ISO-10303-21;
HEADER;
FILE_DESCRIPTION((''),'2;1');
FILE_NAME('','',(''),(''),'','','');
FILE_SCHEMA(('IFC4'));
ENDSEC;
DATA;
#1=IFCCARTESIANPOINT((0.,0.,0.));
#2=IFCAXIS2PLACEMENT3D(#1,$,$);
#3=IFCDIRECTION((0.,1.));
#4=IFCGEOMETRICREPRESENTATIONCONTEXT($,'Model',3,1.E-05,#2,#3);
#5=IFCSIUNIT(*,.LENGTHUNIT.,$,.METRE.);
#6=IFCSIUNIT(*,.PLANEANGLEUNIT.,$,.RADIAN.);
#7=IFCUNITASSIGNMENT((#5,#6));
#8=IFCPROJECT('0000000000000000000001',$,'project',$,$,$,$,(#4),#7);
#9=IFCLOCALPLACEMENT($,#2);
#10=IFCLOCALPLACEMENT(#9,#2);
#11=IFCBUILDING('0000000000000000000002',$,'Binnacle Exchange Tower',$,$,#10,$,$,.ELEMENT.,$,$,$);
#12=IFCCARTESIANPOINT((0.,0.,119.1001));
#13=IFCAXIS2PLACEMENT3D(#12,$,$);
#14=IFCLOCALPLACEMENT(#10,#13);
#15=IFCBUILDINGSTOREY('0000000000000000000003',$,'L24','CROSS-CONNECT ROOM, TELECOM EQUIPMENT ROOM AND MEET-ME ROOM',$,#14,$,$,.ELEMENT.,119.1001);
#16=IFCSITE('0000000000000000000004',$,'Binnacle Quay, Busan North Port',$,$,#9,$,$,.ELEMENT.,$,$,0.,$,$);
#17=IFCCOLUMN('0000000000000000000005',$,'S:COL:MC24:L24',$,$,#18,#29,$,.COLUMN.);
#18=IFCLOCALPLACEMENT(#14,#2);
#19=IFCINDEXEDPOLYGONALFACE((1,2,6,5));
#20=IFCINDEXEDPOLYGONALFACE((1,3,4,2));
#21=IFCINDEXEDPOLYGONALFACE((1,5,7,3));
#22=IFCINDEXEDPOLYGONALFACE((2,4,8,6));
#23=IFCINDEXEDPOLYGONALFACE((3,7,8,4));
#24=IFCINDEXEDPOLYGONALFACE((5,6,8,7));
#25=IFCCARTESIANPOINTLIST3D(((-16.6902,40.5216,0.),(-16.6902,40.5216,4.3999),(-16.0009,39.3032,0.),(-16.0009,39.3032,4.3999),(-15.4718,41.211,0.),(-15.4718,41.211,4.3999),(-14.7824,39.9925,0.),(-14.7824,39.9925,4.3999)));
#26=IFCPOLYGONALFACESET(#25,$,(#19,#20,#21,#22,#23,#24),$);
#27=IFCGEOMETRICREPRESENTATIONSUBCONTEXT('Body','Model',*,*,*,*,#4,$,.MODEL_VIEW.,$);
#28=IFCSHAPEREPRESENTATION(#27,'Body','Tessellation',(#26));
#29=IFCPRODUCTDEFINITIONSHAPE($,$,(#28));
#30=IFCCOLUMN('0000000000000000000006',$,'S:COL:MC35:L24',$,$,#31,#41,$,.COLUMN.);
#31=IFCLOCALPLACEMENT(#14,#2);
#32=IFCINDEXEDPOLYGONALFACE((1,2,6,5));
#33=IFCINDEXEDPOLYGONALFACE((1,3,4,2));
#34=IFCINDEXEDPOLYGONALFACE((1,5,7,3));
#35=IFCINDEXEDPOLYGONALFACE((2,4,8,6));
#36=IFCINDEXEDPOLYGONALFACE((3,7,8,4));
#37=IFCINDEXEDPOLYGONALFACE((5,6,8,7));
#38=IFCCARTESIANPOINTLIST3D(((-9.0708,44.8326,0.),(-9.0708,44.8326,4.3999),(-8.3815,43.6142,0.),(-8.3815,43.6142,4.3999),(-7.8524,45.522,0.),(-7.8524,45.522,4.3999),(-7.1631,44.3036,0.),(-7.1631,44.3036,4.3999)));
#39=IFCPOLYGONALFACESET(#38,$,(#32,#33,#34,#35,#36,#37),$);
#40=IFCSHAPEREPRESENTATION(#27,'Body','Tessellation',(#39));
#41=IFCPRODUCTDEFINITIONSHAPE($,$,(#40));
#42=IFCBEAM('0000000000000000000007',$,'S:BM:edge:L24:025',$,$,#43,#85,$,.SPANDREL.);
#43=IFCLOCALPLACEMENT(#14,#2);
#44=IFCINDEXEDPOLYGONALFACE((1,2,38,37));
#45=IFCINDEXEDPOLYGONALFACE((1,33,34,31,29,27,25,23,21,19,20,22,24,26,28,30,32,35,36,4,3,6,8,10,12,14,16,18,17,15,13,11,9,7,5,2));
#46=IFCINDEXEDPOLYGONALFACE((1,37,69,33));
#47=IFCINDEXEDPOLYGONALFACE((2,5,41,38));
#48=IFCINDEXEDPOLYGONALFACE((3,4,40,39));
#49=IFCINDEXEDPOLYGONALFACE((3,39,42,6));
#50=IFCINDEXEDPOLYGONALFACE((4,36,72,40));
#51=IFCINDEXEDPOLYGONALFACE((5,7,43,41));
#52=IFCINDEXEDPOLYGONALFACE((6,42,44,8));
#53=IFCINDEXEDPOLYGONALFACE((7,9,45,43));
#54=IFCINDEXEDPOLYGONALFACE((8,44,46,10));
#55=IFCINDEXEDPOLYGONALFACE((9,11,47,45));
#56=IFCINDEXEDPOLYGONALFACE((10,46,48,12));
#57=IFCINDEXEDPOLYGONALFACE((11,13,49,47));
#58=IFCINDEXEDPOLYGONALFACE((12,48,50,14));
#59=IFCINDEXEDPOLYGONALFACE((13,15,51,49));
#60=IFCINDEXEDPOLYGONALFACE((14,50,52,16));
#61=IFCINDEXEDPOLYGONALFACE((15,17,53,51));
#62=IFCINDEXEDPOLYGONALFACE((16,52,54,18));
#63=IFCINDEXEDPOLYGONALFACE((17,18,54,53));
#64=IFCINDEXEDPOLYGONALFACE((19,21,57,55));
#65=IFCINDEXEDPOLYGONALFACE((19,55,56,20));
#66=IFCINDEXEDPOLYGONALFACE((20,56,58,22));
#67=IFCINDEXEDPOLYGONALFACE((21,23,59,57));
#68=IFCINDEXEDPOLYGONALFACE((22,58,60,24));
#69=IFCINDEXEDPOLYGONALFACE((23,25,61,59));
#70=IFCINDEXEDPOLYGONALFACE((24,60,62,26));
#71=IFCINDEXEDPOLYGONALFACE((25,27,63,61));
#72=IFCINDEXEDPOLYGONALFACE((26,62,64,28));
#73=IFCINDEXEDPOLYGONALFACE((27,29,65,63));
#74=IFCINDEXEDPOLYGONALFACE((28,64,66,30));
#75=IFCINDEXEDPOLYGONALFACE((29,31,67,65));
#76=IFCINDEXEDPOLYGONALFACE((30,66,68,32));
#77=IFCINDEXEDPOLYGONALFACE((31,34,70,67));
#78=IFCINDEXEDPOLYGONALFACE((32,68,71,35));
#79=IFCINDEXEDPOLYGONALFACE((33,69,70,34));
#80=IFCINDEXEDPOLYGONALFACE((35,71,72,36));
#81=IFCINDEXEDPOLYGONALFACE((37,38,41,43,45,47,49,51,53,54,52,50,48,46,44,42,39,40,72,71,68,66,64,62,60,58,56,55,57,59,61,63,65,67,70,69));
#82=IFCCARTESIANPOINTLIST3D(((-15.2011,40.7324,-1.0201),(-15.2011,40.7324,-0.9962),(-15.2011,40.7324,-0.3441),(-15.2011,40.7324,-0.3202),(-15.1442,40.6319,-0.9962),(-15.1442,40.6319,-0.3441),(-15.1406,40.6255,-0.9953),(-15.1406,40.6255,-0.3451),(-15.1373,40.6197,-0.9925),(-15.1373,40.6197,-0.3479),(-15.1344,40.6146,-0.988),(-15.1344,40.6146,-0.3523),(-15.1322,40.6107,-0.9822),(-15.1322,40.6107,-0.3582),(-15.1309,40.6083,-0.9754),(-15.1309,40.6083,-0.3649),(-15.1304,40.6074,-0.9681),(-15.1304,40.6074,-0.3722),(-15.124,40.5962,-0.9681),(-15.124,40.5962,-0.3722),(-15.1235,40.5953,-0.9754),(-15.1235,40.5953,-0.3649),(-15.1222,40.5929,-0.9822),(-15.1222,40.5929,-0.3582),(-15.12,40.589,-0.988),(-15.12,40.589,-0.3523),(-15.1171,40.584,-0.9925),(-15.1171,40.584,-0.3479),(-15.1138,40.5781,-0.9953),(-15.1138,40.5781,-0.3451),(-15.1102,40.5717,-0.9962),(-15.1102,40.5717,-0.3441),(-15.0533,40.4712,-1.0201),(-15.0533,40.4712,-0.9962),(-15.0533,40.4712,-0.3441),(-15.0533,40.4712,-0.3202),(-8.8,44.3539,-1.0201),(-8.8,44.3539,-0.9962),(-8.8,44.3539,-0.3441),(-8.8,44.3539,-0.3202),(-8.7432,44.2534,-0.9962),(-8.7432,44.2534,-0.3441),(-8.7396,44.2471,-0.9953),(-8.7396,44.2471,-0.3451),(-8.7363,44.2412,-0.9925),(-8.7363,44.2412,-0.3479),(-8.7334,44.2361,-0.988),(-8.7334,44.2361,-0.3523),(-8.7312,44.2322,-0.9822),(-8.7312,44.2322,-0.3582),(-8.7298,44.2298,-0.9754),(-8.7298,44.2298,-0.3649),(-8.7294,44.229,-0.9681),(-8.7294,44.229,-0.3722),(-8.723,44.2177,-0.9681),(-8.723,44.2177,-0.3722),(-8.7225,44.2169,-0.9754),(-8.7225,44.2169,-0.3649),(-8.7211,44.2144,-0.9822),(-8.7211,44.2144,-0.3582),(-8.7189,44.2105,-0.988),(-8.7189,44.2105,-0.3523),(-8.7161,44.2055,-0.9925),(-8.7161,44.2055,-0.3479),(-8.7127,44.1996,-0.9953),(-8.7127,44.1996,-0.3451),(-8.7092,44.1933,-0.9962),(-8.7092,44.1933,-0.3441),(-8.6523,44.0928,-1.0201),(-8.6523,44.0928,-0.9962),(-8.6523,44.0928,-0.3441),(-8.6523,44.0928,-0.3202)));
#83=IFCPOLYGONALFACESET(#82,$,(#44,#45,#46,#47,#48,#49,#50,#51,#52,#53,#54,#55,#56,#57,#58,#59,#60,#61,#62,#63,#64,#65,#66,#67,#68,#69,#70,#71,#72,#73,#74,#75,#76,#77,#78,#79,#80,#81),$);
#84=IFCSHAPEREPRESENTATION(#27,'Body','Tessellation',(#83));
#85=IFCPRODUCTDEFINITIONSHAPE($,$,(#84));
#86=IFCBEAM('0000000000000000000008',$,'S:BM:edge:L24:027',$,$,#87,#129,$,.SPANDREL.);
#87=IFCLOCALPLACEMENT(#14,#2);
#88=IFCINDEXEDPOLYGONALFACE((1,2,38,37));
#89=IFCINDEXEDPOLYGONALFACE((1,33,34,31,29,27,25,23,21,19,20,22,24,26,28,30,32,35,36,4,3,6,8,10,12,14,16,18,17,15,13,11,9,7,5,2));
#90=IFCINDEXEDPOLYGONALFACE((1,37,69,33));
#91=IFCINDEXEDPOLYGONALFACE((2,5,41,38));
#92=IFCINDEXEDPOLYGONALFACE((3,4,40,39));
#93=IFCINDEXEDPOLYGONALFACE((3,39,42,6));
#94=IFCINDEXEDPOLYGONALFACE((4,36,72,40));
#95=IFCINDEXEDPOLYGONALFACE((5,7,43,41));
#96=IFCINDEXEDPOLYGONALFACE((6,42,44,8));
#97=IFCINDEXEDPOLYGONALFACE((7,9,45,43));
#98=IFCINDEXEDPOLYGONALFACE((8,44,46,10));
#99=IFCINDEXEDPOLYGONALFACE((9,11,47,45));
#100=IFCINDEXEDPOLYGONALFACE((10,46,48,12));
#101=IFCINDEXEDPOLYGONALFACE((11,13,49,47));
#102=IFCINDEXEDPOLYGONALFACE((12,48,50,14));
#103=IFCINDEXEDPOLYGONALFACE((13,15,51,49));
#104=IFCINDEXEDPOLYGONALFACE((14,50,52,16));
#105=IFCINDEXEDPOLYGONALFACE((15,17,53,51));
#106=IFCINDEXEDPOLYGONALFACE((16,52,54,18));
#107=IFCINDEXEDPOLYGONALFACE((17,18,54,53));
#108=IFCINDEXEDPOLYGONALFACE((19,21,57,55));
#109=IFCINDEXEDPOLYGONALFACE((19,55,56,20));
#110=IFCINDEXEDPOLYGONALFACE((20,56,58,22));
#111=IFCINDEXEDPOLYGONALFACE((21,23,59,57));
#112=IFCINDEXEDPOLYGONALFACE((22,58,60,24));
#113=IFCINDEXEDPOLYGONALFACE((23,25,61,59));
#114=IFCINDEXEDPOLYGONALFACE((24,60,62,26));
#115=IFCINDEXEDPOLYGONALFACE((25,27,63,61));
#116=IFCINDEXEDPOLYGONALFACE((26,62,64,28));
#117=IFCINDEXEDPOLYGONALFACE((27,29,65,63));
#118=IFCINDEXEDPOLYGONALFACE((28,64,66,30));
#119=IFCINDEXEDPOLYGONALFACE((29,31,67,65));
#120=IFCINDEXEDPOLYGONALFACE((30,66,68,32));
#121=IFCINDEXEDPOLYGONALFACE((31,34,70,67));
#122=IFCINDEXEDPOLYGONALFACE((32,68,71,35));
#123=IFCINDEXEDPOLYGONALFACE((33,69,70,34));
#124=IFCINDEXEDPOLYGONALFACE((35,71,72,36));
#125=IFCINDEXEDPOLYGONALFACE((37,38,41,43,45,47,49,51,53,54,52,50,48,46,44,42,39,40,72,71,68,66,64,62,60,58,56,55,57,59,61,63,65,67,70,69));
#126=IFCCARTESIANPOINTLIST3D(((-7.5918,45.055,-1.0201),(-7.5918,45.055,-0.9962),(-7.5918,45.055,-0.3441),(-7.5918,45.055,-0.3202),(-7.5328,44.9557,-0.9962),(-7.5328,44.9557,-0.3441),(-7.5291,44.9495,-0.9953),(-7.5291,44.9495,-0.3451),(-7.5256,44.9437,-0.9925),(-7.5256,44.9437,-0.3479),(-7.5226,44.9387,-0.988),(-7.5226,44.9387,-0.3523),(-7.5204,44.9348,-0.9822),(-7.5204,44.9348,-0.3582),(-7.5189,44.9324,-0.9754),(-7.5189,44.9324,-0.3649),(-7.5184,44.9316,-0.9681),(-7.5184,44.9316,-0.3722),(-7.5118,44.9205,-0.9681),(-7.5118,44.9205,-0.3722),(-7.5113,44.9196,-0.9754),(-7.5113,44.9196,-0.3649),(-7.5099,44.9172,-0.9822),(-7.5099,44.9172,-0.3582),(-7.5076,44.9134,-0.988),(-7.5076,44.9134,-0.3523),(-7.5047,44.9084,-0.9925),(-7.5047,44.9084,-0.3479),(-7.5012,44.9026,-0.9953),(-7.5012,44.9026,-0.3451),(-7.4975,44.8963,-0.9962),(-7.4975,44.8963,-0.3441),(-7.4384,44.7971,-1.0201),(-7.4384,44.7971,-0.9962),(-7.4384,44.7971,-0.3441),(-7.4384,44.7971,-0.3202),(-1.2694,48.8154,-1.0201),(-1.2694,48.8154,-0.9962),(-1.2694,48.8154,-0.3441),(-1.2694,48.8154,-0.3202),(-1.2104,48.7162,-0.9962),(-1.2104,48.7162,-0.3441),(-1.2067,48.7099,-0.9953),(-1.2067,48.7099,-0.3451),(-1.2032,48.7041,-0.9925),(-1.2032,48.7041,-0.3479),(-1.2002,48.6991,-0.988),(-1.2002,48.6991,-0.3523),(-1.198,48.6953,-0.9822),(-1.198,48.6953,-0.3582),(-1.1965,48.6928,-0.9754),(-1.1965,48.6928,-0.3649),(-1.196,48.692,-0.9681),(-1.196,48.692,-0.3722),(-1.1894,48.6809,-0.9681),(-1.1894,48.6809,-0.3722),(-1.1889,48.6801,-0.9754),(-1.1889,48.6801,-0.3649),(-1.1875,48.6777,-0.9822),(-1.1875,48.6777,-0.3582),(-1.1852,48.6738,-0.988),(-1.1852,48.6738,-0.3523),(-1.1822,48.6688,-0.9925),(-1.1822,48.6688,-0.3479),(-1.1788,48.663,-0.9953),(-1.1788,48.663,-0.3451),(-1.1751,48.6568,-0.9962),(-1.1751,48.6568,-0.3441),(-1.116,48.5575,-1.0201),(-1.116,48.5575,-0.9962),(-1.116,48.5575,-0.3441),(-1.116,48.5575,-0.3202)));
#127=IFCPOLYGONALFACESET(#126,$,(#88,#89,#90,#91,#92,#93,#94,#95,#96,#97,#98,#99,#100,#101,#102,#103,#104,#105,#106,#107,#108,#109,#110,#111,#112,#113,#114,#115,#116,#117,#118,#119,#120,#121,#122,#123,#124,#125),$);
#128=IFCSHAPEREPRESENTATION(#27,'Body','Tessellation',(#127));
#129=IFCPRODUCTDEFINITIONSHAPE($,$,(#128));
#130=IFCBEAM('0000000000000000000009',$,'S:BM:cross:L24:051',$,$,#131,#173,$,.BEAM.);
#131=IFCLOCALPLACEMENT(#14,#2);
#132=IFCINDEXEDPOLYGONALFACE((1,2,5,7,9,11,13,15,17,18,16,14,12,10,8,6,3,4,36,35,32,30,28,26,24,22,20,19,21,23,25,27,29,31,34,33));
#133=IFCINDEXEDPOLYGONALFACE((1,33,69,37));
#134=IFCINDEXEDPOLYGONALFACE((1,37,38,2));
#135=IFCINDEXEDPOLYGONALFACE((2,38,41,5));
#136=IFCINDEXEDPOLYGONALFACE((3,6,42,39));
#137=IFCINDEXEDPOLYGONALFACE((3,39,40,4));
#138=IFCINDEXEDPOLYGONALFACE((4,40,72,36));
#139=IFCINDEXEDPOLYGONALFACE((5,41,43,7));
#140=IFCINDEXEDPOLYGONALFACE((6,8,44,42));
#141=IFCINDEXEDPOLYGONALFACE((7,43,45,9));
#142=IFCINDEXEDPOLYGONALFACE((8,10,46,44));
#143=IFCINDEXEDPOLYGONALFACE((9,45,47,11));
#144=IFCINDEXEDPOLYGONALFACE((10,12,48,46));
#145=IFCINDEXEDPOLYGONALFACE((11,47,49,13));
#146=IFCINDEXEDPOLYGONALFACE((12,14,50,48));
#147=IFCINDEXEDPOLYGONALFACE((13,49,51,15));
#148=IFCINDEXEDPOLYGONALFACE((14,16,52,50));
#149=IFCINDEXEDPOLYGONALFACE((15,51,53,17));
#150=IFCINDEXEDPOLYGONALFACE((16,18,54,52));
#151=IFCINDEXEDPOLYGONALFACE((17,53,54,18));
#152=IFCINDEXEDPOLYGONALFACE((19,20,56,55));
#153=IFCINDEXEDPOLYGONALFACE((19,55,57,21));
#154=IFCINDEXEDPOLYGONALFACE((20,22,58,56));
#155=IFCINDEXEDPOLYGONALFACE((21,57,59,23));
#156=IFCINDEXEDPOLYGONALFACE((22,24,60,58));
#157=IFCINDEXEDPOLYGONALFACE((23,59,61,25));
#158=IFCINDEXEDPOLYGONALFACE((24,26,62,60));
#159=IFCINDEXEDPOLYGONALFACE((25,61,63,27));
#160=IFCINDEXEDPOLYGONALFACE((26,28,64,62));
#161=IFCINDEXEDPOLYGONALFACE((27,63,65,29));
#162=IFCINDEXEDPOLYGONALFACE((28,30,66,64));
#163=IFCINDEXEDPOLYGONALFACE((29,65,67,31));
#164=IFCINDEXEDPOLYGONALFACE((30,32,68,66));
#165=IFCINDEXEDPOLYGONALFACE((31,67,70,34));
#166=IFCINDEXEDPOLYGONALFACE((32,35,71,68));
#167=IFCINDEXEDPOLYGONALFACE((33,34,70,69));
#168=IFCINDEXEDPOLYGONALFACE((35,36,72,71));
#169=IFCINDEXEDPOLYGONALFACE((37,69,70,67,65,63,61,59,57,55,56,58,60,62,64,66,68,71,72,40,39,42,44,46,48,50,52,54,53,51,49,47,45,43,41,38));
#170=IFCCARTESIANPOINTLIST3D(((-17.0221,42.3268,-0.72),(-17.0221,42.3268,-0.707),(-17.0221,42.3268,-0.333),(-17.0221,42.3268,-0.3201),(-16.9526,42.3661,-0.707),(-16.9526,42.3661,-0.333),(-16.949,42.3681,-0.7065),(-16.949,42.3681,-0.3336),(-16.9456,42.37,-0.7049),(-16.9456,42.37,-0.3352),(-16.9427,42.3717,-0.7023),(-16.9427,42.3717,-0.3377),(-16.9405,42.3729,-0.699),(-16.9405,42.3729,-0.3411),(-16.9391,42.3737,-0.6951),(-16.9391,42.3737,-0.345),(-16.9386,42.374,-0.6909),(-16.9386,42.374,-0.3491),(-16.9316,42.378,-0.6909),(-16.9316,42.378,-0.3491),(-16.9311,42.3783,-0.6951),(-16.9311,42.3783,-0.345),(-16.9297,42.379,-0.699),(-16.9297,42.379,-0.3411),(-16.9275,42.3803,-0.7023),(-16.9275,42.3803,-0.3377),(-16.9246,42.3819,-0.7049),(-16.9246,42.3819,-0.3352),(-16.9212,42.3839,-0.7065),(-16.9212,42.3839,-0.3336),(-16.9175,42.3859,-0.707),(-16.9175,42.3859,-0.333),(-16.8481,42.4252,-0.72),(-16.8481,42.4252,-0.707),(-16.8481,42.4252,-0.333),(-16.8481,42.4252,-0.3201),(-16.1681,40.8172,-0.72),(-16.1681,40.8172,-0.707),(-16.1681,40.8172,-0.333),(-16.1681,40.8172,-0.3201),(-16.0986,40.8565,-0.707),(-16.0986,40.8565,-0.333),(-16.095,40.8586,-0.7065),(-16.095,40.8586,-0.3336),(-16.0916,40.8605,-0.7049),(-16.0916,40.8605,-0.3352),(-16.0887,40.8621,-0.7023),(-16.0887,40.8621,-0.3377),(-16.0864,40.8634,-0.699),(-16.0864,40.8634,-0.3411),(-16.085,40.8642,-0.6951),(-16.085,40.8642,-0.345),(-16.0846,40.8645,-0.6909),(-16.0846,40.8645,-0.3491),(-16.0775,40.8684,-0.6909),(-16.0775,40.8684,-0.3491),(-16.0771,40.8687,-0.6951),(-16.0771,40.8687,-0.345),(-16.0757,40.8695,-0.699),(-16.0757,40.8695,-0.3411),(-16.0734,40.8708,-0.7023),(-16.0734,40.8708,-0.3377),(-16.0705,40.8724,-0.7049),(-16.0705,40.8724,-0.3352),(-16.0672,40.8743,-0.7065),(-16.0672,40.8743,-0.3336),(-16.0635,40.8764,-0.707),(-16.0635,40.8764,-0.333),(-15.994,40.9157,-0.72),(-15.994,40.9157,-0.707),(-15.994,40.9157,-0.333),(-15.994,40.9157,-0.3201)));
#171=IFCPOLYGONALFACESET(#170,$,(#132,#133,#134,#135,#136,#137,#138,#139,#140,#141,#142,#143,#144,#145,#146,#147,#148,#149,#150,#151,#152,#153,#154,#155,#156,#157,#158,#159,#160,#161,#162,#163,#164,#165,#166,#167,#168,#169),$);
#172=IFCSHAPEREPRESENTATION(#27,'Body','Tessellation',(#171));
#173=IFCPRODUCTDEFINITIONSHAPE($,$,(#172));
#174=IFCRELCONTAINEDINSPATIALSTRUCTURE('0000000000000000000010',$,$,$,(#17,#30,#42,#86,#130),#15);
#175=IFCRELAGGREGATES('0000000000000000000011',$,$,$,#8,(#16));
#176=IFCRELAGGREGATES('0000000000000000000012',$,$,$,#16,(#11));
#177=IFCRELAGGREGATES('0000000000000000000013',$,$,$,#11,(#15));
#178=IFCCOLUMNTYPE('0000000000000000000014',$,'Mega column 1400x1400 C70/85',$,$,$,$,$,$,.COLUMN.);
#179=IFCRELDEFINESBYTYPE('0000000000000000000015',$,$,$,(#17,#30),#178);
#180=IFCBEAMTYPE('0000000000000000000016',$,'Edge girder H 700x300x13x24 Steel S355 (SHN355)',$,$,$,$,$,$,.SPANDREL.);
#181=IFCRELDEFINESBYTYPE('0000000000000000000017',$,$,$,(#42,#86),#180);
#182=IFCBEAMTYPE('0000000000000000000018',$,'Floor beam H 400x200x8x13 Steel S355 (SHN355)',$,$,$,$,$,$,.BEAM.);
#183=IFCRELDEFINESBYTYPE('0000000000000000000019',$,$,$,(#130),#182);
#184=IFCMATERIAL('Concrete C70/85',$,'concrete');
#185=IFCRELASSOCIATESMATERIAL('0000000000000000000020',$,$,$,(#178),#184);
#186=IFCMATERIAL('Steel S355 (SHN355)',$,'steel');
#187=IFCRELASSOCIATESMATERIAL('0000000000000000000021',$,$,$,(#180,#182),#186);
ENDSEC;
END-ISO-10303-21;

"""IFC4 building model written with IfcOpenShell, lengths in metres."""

from ifc_helpers import new_model, si_unit, direction, frame, origin, origin_2d, place, context, subcontext, project, spatial, rectangle, i_section, extrude, material, material_profile, profile_set, type_object, element, save


model = new_model("IFC4")

# Units and contexts
model_context = context("Model", 3, precision=1e-05, world=origin(), true_north=direction((0.0, 1.0)))
body_context = subcontext(model_context, "Body", "Model", "MODEL_VIEW")
ifc_project = project(units=[si_unit("LENGTHUNIT", "METRE"), si_unit("PLANEANGLEUNIT", "RADIAN")], contexts=[model_context])

# Site, building, storey
site_placement = place(None, origin())
site = spatial("IfcSite", under=ifc_project, at=site_placement, Name="Binnacle Quay, Busan North Port", CompositionType="ELEMENT", RefElevation=0.0)
building_placement = place(site_placement, origin())
building = spatial("IfcBuilding", under=site, at=building_placement, Name="Binnacle Exchange Tower", CompositionType="ELEMENT")
storey_placement = place(building_placement, frame((0.0, 0.0, 119.1001)))
storey = spatial("IfcBuildingStorey", under=building, at=storey_placement, Name="L24", Description="CROSS-CONNECT ROOM, TELECOM EQUIPMENT ROOM AND MEET-ME ROOM", CompositionType="ELEMENT", Elevation=119.1001)

# Columns
ifc_material_1 = material(Name="Concrete C70/85", Category="concrete")
ifc_material_profile_1 = material_profile(ifc_material_1, rectangle(XDim=1.3999, YDim=1.3999, at=origin_2d()), Name="Mega column 1400x1400 C70/85")
ifc_profile_set_1 = profile_set([ifc_material_profile_1], Name="Concrete C70/85")
column_type = type_object("IfcColumnType", Name="Mega column 1400x1400 C70/85", PredefinedType="COLUMN", material=ifc_profile_set_1)
for number, where, z_axis, x_axis, name in (
    (1, (-15.7363, 40.2571, 0.0), (0.0, 0.0, 1.0), (0.870356, 0.492424, 0.0), "S:COL:MC24:L24"),
    (2, (-8.1169, 44.5681, 0.0), (0.0, 0.0, 1.0), (0.870356, 0.492424, 0.0), "S:COL:MC35:L24"),
):
    element("IfcColumn", number, at=place(storey_placement, frame(where, z_axis=z_axis, x_axis=x_axis)), inside=storey, type_object=column_type, Name=name, PredefinedType="COLUMN", context=body_context, shape_type="SweptSolid", body=[
        extrude(rectangle(XDim=1.3999, YDim=1.3999, at=origin_2d()), origin(), (0.0, 0.0, 1.0), 4.3999),
    ])

# Beams
ifc_material_2 = material(Name="Steel S355 (SHN355)", Category="steel")
ifc_material_profile_2 = material_profile(ifc_material_2, i_section(OverallWidth=0.3, OverallDepth=0.7, WebThickness=0.0129, FlangeThickness=0.0239, FilletRadius=0.0281, at=origin_2d()), Name="H 700x300x13x24")
ifc_profile_set_2 = profile_set([ifc_material_profile_2], Name="Steel S355 (SHN355)")
beam_type_1 = type_object("IfcBeamType", Name="Edge girder H 700x300x13x24 Steel S355 (SHN355)", PredefinedType="SPANDREL", material=ifc_profile_set_2)
beam_1_placement = place(storey_placement, frame((-15.1272, 40.6018, -0.6702), z_axis=(0.870356, 0.492424, 0.0), x_axis=(-0.492424, 0.870356, 0.0)))
element("IfcBeam", 3, at=beam_1_placement, inside=storey, type_object=beam_type_1, Name="S:BM:edge:L24:025", PredefinedType="SPANDREL", context=body_context, shape_type="SweptSolid", body=[
    extrude(i_section(OverallWidth=0.3, OverallDepth=0.7, WebThickness=0.0129, FlangeThickness=0.0239, FilletRadius=0.0281, at=origin_2d()), origin(), (0.0, 0.0, 1.0), 7.3545),
])
beam_2_placement = place(storey_placement, frame((-7.5151, 44.926, -0.6702), z_axis=(0.859466, 0.511193, 0.0), x_axis=(-0.511193, 0.859466, 0.0)))
element("IfcBeam", 4, at=beam_2_placement, inside=storey, type_object=beam_type_1, Name="S:BM:edge:L24:027", PredefinedType="SPANDREL", context=body_context, shape_type="SweptSolid", body=[
    extrude(i_section(OverallWidth=0.3, OverallDepth=0.7, WebThickness=0.0129, FlangeThickness=0.0239, FilletRadius=0.0281, at=origin_2d()), origin(), (0.0, 0.0, 1.0), 7.3562),
])
ifc_material_profile_3 = material_profile(ifc_material_2, i_section(OverallWidth=0.2, OverallDepth=0.3999, WebThickness=0.0081, FlangeThickness=0.0129, FilletRadius=0.0161, at=origin_2d()), Name="H 400x200x8x13")
ifc_profile_set_3 = profile_set([ifc_material_profile_3], Name="Steel S355 (SHN355)")
beam_type_2 = type_object("IfcBeamType", Name="Floor beam H 400x200x8x13 Steel S355 (SHN355)", PredefinedType="BEAM", material=ifc_profile_set_3)
beam_3_placement = place(storey_placement, frame((-16.0811, 40.8665, -0.52), z_axis=(-0.492405, 0.870366, 0.0), x_axis=(-0.870366, -0.492405, 0.0)))
element("IfcBeam", 5, at=beam_3_placement, inside=storey, type_object=beam_type_2, Name="S:BM:cross:L24:051", PredefinedType="BEAM", context=body_context, shape_type="SweptSolid", body=[
    extrude(i_section(OverallWidth=0.2, OverallDepth=0.3999, WebThickness=0.0081, FlangeThickness=0.0129, FilletRadius=0.0161, at=origin_2d()), origin(), (0.0, 0.0, 1.0), 1.7344),
])

save(model, "model.ifc")
